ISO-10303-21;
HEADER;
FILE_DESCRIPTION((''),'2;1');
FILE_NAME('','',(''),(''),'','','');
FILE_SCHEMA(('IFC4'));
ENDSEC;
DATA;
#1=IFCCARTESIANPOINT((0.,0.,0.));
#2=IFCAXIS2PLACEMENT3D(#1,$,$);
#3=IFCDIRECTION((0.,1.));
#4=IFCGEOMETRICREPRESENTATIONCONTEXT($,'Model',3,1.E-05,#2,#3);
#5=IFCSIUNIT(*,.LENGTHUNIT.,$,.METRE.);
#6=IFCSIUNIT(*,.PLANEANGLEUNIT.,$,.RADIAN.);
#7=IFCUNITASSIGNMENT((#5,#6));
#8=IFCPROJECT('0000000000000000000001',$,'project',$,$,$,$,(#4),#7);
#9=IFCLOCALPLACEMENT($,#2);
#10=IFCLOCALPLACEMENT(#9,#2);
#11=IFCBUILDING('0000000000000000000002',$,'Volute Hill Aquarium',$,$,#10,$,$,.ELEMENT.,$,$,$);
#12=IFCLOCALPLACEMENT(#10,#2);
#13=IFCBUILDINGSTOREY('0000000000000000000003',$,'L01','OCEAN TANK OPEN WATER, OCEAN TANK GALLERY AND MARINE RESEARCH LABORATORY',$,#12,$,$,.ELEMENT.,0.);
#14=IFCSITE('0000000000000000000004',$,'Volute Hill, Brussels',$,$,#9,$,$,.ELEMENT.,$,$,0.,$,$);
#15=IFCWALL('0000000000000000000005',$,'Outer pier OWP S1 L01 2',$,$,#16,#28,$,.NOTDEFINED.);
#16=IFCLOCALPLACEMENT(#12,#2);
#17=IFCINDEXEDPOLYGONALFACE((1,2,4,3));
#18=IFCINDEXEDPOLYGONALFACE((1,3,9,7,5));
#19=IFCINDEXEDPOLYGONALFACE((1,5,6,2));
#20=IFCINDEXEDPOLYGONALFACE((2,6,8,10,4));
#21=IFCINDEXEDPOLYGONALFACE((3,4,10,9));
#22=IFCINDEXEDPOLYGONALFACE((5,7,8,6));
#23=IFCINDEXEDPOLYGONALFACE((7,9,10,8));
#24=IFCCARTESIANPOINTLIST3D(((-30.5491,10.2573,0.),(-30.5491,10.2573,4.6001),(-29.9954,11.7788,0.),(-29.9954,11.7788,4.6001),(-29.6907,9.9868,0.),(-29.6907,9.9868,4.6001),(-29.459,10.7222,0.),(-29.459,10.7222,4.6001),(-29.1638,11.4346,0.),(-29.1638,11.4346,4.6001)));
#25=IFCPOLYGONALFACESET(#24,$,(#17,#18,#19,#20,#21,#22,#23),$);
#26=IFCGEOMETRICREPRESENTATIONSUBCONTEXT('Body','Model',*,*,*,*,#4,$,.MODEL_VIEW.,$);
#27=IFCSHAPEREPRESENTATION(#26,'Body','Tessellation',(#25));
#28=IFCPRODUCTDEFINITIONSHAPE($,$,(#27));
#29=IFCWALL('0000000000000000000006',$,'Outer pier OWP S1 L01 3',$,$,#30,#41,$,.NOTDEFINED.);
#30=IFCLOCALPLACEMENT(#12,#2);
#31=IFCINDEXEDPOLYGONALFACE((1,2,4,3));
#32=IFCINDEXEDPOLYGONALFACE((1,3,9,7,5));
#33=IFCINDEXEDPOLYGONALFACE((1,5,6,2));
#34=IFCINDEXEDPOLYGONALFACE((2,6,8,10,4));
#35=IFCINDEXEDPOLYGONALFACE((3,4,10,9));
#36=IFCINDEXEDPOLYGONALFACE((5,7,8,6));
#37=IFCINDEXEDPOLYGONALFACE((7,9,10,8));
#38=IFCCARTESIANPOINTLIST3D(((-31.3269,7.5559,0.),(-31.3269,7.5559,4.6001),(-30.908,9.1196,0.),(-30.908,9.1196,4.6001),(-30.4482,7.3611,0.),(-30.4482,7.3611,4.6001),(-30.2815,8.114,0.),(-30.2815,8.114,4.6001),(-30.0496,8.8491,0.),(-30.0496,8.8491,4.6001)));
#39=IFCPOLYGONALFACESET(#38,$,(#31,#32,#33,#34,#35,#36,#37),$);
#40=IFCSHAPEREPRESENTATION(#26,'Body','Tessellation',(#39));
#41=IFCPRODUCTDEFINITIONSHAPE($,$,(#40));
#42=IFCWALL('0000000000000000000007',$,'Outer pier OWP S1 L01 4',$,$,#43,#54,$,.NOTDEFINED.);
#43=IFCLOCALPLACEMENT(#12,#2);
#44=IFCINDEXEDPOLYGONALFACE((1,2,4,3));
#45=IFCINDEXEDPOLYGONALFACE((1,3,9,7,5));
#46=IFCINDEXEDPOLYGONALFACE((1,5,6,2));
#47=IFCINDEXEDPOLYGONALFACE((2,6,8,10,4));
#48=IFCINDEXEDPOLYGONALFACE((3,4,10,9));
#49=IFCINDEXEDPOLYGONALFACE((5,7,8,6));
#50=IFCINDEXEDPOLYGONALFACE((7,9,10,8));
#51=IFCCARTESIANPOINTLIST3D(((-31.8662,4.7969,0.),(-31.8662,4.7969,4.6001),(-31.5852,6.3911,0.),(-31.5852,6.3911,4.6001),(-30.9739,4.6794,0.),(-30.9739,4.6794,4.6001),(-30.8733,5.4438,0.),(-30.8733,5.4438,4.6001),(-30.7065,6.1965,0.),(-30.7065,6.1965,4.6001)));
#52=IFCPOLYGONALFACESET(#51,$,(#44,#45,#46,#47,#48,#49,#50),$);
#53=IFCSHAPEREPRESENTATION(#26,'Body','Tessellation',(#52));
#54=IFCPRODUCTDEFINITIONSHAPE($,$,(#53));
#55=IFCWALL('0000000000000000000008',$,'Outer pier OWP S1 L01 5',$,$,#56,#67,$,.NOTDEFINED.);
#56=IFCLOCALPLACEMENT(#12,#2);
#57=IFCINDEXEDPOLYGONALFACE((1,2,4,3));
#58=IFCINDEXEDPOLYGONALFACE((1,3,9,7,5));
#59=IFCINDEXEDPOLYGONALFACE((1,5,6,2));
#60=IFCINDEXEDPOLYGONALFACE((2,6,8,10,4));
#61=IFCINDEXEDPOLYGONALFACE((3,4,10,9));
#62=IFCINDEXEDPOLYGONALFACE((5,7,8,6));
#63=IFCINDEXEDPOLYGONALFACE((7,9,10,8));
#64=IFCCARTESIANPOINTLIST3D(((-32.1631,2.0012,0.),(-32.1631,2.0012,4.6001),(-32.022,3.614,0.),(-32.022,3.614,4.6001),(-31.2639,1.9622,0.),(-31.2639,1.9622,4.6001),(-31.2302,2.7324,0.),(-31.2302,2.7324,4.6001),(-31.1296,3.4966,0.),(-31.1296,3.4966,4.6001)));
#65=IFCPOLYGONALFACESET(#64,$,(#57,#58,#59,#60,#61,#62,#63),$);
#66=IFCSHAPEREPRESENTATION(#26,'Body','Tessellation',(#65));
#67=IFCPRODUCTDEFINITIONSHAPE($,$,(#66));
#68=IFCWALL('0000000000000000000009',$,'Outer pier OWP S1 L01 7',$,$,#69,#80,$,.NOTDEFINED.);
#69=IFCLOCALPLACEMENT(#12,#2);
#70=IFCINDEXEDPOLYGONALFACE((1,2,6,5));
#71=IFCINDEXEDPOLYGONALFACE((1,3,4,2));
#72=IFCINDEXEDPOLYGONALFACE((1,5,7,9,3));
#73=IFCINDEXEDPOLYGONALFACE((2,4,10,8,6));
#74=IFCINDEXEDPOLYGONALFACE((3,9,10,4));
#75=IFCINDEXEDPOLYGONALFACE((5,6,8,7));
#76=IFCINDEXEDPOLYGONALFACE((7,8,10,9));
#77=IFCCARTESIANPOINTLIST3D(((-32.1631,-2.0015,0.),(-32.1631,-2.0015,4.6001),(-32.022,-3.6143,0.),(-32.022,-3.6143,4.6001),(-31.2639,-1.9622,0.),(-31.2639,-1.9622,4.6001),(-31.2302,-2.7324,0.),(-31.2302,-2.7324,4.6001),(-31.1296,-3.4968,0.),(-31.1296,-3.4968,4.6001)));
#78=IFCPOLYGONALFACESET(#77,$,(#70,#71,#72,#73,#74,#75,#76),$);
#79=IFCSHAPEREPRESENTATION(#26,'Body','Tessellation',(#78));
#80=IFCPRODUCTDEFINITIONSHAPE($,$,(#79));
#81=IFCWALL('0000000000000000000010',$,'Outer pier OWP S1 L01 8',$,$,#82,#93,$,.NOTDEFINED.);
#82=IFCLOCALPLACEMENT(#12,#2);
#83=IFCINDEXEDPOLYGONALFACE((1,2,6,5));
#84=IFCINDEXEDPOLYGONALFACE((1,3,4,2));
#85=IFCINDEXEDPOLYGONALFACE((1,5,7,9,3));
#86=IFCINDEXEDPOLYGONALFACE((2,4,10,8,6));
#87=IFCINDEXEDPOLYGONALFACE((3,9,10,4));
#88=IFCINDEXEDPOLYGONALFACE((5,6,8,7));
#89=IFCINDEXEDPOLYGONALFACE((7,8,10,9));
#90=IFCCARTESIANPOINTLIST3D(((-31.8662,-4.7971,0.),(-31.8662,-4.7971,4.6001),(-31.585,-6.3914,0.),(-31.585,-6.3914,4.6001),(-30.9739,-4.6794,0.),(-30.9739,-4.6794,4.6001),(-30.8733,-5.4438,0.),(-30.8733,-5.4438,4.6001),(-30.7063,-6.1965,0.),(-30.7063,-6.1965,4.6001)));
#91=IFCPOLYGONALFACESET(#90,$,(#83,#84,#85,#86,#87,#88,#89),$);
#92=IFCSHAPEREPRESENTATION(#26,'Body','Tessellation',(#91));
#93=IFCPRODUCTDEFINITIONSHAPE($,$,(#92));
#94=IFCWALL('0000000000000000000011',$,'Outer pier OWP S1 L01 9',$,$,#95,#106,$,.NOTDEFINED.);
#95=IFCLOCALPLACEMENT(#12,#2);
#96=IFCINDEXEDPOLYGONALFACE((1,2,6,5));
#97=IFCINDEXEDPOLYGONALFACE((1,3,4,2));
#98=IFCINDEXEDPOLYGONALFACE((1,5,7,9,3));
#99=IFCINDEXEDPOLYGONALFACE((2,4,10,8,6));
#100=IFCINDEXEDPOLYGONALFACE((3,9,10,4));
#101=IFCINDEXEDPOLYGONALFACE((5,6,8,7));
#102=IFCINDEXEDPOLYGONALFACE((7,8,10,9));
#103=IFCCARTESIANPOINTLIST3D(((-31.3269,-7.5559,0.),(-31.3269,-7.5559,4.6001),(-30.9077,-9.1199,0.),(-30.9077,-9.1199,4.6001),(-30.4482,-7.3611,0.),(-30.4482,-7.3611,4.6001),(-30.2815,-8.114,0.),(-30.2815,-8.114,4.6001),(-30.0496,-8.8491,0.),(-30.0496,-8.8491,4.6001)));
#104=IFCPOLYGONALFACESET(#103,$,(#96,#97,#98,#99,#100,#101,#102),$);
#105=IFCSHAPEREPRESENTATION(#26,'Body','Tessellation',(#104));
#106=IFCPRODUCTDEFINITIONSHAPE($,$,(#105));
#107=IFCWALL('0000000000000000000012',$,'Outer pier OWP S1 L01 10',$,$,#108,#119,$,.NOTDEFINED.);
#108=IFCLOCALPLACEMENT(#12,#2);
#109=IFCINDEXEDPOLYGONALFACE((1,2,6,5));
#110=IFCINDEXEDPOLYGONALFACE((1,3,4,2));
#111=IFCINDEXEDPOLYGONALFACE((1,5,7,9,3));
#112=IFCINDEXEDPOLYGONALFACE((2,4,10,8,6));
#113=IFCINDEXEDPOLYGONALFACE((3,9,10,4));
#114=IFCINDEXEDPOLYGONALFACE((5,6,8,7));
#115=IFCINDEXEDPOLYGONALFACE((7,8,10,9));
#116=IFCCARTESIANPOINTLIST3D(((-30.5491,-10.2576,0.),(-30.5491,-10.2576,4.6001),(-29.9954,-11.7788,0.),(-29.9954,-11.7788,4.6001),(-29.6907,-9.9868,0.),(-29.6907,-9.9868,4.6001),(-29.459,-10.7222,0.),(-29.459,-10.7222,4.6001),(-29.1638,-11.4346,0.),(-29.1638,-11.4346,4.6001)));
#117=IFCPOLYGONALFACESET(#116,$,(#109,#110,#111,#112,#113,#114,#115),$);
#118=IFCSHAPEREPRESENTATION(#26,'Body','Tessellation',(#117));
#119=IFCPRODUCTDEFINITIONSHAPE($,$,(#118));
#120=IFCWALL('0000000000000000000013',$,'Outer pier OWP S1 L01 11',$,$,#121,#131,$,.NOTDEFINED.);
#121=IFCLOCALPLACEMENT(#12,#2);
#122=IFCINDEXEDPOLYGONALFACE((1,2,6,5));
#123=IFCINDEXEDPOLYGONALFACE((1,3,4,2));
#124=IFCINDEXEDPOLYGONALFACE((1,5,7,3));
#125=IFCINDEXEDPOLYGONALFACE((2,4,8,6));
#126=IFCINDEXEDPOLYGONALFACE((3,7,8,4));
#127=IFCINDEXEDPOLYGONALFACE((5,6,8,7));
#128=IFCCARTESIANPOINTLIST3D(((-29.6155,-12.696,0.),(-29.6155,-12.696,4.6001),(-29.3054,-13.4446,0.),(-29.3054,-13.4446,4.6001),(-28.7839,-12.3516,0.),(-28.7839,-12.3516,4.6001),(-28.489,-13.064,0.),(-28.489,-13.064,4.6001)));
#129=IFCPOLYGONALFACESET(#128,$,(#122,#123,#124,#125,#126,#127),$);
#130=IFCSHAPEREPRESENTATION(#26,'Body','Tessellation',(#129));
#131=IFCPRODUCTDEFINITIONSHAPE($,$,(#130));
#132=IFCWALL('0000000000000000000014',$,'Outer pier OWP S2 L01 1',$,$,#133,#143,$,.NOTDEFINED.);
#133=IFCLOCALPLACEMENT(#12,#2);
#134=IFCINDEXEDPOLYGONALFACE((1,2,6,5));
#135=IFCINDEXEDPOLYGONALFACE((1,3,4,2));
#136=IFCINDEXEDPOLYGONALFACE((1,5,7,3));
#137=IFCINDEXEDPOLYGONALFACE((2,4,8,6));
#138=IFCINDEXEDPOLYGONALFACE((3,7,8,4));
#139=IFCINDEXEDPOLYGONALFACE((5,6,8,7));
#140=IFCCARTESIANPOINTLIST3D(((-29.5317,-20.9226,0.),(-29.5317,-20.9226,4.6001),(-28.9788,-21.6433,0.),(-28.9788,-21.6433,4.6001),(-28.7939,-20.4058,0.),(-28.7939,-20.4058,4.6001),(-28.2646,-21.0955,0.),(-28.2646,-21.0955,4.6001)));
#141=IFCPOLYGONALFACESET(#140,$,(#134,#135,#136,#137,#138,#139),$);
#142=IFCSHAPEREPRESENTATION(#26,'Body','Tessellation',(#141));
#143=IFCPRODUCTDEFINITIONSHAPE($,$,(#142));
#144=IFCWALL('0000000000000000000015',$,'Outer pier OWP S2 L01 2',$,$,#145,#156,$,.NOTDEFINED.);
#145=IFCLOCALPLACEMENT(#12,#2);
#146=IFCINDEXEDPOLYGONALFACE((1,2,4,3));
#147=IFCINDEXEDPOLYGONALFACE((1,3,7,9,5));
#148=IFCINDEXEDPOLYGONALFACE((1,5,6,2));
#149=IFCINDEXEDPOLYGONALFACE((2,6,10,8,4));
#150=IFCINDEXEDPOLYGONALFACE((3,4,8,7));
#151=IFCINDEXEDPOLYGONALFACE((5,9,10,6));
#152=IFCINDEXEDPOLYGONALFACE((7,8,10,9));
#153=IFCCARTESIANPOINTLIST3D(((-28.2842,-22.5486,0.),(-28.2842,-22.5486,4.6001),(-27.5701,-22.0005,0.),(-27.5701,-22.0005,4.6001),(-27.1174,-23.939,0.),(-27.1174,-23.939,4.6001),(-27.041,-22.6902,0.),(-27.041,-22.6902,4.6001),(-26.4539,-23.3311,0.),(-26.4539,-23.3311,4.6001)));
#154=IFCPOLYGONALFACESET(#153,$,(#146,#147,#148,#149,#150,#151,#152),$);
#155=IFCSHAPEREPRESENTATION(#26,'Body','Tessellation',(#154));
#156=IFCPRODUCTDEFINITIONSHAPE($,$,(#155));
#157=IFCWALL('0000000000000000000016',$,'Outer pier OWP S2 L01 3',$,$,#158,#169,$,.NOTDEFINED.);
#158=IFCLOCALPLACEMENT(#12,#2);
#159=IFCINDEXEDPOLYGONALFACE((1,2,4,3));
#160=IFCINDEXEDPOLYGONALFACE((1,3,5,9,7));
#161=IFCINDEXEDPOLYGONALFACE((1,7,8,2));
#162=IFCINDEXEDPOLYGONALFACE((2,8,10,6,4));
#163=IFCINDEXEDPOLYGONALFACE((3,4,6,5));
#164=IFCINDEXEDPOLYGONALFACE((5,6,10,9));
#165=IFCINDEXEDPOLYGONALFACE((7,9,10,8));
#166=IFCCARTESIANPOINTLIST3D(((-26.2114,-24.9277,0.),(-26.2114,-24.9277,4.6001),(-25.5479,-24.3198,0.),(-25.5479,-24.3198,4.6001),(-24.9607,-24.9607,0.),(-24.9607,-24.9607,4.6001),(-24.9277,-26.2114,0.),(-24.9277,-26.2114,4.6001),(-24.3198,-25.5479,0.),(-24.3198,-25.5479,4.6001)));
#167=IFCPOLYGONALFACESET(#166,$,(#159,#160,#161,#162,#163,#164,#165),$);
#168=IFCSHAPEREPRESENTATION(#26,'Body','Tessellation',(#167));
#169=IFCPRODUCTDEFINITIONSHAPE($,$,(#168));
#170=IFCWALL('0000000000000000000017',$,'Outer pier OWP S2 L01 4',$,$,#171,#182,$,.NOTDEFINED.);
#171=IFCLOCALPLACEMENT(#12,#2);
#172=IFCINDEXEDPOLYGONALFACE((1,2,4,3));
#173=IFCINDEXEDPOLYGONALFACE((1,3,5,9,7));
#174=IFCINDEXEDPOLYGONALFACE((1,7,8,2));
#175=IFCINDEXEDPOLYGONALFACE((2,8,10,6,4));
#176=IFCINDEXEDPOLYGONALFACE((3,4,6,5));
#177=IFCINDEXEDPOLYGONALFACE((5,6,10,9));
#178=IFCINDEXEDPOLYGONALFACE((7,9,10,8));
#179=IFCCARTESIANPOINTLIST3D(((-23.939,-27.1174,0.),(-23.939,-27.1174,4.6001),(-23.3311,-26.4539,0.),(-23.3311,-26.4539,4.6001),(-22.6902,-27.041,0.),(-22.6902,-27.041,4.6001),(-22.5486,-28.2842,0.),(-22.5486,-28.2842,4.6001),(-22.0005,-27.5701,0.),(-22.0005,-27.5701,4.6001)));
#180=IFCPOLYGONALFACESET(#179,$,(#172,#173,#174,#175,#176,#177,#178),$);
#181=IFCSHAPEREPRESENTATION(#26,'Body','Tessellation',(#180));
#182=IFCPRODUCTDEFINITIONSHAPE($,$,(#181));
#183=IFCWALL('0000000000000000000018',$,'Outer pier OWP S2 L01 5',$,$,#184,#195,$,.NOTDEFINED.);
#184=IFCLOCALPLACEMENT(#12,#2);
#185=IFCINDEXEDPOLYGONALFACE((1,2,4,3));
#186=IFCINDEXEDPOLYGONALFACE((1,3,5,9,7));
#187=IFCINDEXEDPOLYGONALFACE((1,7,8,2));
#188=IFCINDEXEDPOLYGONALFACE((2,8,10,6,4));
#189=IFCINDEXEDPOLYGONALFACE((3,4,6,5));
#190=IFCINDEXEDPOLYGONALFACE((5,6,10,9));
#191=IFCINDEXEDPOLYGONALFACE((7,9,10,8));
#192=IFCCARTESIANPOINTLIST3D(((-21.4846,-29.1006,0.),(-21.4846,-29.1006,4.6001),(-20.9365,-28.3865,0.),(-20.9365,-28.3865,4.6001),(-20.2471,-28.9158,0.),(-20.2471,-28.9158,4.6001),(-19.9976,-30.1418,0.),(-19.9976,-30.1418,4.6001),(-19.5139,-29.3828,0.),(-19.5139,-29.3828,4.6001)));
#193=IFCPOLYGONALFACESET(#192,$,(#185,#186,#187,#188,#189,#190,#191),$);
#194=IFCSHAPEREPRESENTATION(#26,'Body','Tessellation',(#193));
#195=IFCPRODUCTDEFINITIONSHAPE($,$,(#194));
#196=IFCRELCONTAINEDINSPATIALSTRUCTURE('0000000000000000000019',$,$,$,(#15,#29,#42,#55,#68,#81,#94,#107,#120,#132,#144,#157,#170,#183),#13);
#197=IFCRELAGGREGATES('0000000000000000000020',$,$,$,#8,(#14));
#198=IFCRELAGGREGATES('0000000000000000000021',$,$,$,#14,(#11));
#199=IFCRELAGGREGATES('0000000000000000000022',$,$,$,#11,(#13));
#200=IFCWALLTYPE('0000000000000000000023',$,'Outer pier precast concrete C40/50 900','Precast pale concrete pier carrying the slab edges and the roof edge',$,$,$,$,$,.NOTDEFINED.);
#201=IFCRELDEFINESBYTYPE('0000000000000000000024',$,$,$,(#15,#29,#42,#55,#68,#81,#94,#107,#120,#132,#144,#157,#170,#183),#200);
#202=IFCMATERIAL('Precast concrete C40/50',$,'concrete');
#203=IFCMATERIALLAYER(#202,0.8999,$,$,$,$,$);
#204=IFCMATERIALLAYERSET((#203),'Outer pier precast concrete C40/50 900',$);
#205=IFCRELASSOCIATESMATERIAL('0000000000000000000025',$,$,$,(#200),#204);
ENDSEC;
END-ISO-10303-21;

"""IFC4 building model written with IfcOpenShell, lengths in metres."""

from ifc_helpers import new_model, si_unit, direction, origin, place, context, subcontext, project, spatial, polyline, outline, extrude, material, layer, layer_set, type_object, element, save


model = new_model("IFC4")

# Units and contexts
model_context = context("Model", 3, precision=1e-05, world=origin(), true_north=direction((0.0, 1.0)))
body_context = subcontext(model_context, "Body", "Model", "MODEL_VIEW")
ifc_project = project(units=[si_unit("LENGTHUNIT", "METRE"), si_unit("PLANEANGLEUNIT", "RADIAN")], contexts=[model_context])

# Site, building, storey
site_placement = place(None, origin())
site = spatial("IfcSite", under=ifc_project, at=site_placement, Name="Volute Hill, Brussels", CompositionType="ELEMENT", RefElevation=0.0)
building_placement = place(site_placement, origin())
building = spatial("IfcBuilding", under=site, at=building_placement, Name="Volute Hill Aquarium", CompositionType="ELEMENT")
storey_placement = place(building_placement, origin())
storey = spatial("IfcBuildingStorey", under=building, at=storey_placement, Name="L01", Description="OCEAN TANK OPEN WATER, OCEAN TANK GALLERY AND MARINE RESEARCH LABORATORY", CompositionType="ELEMENT", Elevation=0.0)

# Walls
ifc_material_1 = material(Name="Precast concrete C40/50", Category="concrete")
ifc_layer_1 = layer(ifc_material_1, 0.8999)
ifc_layer_set_1 = layer_set([ifc_layer_1], Name="Outer pier precast concrete C40/50 900")
wall_type_1 = type_object("IfcWallType", Name="Outer pier precast concrete C40/50 900", Description="Precast pale concrete pier carrying the slab edges and the roof edge", PredefinedType="NOTDEFINED", material=ifc_layer_set_1)
wall_1_placement = place(storey_placement, origin())
element("IfcWall", 1, at=wall_1_placement, inside=storey, type_object=wall_type_1, Name="Outer pier OWP S1 L01 2", PredefinedType="NOTDEFINED", context=body_context, shape_type="SweptSolid", body=[
    extrude(outline(polyline([(-29.1638, 11.4346), (-29.9954, 11.7788), (-30.5491, 10.2573), (-29.6907, 9.9868), (-29.459, 10.7222), (-29.1638, 11.4346)])), origin(), (0.0, 0.0, 1.0), 4.6001),
])
wall_2_placement = place(storey_placement, origin())
element("IfcWall", 2, at=wall_2_placement, inside=storey, type_object=wall_type_1, Name="Outer pier OWP S1 L01 3", PredefinedType="NOTDEFINED", context=body_context, shape_type="SweptSolid", body=[
    extrude(outline(polyline([(-30.0496, 8.8491), (-30.908, 9.1196), (-31.3269, 7.5559), (-30.4482, 7.3611), (-30.2815, 8.114), (-30.0496, 8.8491)])), origin(), (0.0, 0.0, 1.0), 4.6001),
])
wall_3_placement = place(storey_placement, origin())
element("IfcWall", 3, at=wall_3_placement, inside=storey, type_object=wall_type_1, Name="Outer pier OWP S1 L01 4", PredefinedType="NOTDEFINED", context=body_context, shape_type="SweptSolid", body=[
    extrude(outline(polyline([(-30.7065, 6.1965), (-31.5852, 6.3911), (-31.8662, 4.7969), (-30.9739, 4.6794), (-30.8733, 5.4438), (-30.7065, 6.1965)])), origin(), (0.0, 0.0, 1.0), 4.6001),
])
wall_4_placement = place(storey_placement, origin())
element("IfcWall", 4, at=wall_4_placement, inside=storey, type_object=wall_type_1, Name="Outer pier OWP S1 L01 5", PredefinedType="NOTDEFINED", context=body_context, shape_type="SweptSolid", body=[
    extrude(outline(polyline([(-31.1296, 3.4966), (-32.022, 3.614), (-32.1631, 2.0012), (-31.2639, 1.9622), (-31.2302, 2.7324), (-31.1296, 3.4966)])), origin(), (0.0, 0.0, 1.0), 4.6001),
])
wall_5_placement = place(storey_placement, origin())
element("IfcWall", 5, at=wall_5_placement, inside=storey, type_object=wall_type_1, Name="Outer pier OWP S1 L01 7", PredefinedType="NOTDEFINED", context=body_context, shape_type="SweptSolid", body=[
    extrude(outline(polyline([(-31.2639, -1.9622), (-32.1631, -2.0015), (-32.022, -3.6143), (-31.1296, -3.4968), (-31.2302, -2.7324), (-31.2639, -1.9622)])), origin(), (0.0, 0.0, 1.0), 4.6001),
])
wall_6_placement = place(storey_placement, origin())
element("IfcWall", 6, at=wall_6_placement, inside=storey, type_object=wall_type_1, Name="Outer pier OWP S1 L01 8", PredefinedType="NOTDEFINED", context=body_context, shape_type="SweptSolid", body=[
    extrude(outline(polyline([(-30.9739, -4.6794), (-31.8662, -4.7971), (-31.585, -6.3914), (-30.7063, -6.1965), (-30.8733, -5.4438), (-30.9739, -4.6794)])), origin(), (0.0, 0.0, 1.0), 4.6001),
])
wall_7_placement = place(storey_placement, origin())
element("IfcWall", 7, at=wall_7_placement, inside=storey, type_object=wall_type_1, Name="Outer pier OWP S1 L01 9", PredefinedType="NOTDEFINED", context=body_context, shape_type="SweptSolid", body=[
    extrude(outline(polyline([(-30.4482, -7.3611), (-31.3269, -7.5559), (-30.9077, -9.1199), (-30.0496, -8.8491), (-30.2815, -8.114), (-30.4482, -7.3611)])), origin(), (0.0, 0.0, 1.0), 4.6001),
])
wall_8_placement = place(storey_placement, origin())
element("IfcWall", 8, at=wall_8_placement, inside=storey, type_object=wall_type_1, Name="Outer pier OWP S1 L01 10", PredefinedType="NOTDEFINED", context=body_context, shape_type="SweptSolid", body=[
    extrude(outline(polyline([(-29.6907, -9.9868), (-30.5491, -10.2576), (-29.9954, -11.7788), (-29.1638, -11.4346), (-29.459, -10.7222), (-29.6907, -9.9868)])), origin(), (0.0, 0.0, 1.0), 4.6001),
])
wall_9_placement = place(storey_placement, origin())
element("IfcWall", 9, at=wall_9_placement, inside=storey, type_object=wall_type_1, Name="Outer pier OWP S1 L01 11", PredefinedType="NOTDEFINED", context=body_context, shape_type="SweptSolid", body=[
    extrude(outline(polyline([(-28.7839, -12.3516), (-29.6155, -12.696), (-29.3054, -13.4446), (-28.489, -13.064), (-28.7839, -12.3516)])), origin(), (0.0, 0.0, 1.0), 4.6001),
])
wall_10_placement = place(storey_placement, origin())
element("IfcWall", 10, at=wall_10_placement, inside=storey, type_object=wall_type_1, Name="Outer pier OWP S2 L01 1", PredefinedType="NOTDEFINED", context=body_context, shape_type="SweptSolid", body=[
    extrude(outline(polyline([(-28.7939, -20.4058), (-29.5317, -20.9226), (-28.9788, -21.6433), (-28.2646, -21.0955), (-28.7939, -20.4058)])), origin(), (0.0, 0.0, 1.0), 4.6001),
])
wall_11_placement = place(storey_placement, origin())
element("IfcWall", 11, at=wall_11_placement, inside=storey, type_object=wall_type_1, Name="Outer pier OWP S2 L01 2", PredefinedType="NOTDEFINED", context=body_context, shape_type="SweptSolid", body=[
    extrude(outline(polyline([(-27.5701, -22.0005), (-28.2842, -22.5486), (-27.1174, -23.939), (-26.4539, -23.3311), (-27.041, -22.6902), (-27.5701, -22.0005)])), origin(), (0.0, 0.0, 1.0), 4.6001),
])
wall_12_placement = place(storey_placement, origin())
element("IfcWall", 12, at=wall_12_placement, inside=storey, type_object=wall_type_1, Name="Outer pier OWP S2 L01 3", PredefinedType="NOTDEFINED", context=body_context, shape_type="SweptSolid", body=[
    extrude(outline(polyline([(-25.5479, -24.3198), (-26.2114, -24.9277), (-24.9277, -26.2114), (-24.3198, -25.5479), (-24.9607, -24.9607), (-25.5479, -24.3198)])), origin(), (0.0, 0.0, 1.0), 4.6001),
])
wall_13_placement = place(storey_placement, origin())
element("IfcWall", 13, at=wall_13_placement, inside=storey, type_object=wall_type_1, Name="Outer pier OWP S2 L01 4", PredefinedType="NOTDEFINED", context=body_context, shape_type="SweptSolid", body=[
    extrude(outline(polyline([(-23.3311, -26.4539), (-23.939, -27.1174), (-22.5486, -28.2842), (-22.0005, -27.5701), (-22.6902, -27.041), (-23.3311, -26.4539)])), origin(), (0.0, 0.0, 1.0), 4.6001),
])
wall_14_placement = place(storey_placement, origin())
element("IfcWall", 14, at=wall_14_placement, inside=storey, type_object=wall_type_1, Name="Outer pier OWP S2 L01 5", PredefinedType="NOTDEFINED", context=body_context, shape_type="SweptSolid", body=[
    extrude(outline(polyline([(-20.9365, -28.3865), (-21.4846, -29.1006), (-19.9976, -30.1418), (-19.5139, -29.3828), (-20.2471, -28.9158), (-20.9365, -28.3865)])), origin(), (0.0, 0.0, 1.0), 4.6001),
])

save(model, "model.ifc")
